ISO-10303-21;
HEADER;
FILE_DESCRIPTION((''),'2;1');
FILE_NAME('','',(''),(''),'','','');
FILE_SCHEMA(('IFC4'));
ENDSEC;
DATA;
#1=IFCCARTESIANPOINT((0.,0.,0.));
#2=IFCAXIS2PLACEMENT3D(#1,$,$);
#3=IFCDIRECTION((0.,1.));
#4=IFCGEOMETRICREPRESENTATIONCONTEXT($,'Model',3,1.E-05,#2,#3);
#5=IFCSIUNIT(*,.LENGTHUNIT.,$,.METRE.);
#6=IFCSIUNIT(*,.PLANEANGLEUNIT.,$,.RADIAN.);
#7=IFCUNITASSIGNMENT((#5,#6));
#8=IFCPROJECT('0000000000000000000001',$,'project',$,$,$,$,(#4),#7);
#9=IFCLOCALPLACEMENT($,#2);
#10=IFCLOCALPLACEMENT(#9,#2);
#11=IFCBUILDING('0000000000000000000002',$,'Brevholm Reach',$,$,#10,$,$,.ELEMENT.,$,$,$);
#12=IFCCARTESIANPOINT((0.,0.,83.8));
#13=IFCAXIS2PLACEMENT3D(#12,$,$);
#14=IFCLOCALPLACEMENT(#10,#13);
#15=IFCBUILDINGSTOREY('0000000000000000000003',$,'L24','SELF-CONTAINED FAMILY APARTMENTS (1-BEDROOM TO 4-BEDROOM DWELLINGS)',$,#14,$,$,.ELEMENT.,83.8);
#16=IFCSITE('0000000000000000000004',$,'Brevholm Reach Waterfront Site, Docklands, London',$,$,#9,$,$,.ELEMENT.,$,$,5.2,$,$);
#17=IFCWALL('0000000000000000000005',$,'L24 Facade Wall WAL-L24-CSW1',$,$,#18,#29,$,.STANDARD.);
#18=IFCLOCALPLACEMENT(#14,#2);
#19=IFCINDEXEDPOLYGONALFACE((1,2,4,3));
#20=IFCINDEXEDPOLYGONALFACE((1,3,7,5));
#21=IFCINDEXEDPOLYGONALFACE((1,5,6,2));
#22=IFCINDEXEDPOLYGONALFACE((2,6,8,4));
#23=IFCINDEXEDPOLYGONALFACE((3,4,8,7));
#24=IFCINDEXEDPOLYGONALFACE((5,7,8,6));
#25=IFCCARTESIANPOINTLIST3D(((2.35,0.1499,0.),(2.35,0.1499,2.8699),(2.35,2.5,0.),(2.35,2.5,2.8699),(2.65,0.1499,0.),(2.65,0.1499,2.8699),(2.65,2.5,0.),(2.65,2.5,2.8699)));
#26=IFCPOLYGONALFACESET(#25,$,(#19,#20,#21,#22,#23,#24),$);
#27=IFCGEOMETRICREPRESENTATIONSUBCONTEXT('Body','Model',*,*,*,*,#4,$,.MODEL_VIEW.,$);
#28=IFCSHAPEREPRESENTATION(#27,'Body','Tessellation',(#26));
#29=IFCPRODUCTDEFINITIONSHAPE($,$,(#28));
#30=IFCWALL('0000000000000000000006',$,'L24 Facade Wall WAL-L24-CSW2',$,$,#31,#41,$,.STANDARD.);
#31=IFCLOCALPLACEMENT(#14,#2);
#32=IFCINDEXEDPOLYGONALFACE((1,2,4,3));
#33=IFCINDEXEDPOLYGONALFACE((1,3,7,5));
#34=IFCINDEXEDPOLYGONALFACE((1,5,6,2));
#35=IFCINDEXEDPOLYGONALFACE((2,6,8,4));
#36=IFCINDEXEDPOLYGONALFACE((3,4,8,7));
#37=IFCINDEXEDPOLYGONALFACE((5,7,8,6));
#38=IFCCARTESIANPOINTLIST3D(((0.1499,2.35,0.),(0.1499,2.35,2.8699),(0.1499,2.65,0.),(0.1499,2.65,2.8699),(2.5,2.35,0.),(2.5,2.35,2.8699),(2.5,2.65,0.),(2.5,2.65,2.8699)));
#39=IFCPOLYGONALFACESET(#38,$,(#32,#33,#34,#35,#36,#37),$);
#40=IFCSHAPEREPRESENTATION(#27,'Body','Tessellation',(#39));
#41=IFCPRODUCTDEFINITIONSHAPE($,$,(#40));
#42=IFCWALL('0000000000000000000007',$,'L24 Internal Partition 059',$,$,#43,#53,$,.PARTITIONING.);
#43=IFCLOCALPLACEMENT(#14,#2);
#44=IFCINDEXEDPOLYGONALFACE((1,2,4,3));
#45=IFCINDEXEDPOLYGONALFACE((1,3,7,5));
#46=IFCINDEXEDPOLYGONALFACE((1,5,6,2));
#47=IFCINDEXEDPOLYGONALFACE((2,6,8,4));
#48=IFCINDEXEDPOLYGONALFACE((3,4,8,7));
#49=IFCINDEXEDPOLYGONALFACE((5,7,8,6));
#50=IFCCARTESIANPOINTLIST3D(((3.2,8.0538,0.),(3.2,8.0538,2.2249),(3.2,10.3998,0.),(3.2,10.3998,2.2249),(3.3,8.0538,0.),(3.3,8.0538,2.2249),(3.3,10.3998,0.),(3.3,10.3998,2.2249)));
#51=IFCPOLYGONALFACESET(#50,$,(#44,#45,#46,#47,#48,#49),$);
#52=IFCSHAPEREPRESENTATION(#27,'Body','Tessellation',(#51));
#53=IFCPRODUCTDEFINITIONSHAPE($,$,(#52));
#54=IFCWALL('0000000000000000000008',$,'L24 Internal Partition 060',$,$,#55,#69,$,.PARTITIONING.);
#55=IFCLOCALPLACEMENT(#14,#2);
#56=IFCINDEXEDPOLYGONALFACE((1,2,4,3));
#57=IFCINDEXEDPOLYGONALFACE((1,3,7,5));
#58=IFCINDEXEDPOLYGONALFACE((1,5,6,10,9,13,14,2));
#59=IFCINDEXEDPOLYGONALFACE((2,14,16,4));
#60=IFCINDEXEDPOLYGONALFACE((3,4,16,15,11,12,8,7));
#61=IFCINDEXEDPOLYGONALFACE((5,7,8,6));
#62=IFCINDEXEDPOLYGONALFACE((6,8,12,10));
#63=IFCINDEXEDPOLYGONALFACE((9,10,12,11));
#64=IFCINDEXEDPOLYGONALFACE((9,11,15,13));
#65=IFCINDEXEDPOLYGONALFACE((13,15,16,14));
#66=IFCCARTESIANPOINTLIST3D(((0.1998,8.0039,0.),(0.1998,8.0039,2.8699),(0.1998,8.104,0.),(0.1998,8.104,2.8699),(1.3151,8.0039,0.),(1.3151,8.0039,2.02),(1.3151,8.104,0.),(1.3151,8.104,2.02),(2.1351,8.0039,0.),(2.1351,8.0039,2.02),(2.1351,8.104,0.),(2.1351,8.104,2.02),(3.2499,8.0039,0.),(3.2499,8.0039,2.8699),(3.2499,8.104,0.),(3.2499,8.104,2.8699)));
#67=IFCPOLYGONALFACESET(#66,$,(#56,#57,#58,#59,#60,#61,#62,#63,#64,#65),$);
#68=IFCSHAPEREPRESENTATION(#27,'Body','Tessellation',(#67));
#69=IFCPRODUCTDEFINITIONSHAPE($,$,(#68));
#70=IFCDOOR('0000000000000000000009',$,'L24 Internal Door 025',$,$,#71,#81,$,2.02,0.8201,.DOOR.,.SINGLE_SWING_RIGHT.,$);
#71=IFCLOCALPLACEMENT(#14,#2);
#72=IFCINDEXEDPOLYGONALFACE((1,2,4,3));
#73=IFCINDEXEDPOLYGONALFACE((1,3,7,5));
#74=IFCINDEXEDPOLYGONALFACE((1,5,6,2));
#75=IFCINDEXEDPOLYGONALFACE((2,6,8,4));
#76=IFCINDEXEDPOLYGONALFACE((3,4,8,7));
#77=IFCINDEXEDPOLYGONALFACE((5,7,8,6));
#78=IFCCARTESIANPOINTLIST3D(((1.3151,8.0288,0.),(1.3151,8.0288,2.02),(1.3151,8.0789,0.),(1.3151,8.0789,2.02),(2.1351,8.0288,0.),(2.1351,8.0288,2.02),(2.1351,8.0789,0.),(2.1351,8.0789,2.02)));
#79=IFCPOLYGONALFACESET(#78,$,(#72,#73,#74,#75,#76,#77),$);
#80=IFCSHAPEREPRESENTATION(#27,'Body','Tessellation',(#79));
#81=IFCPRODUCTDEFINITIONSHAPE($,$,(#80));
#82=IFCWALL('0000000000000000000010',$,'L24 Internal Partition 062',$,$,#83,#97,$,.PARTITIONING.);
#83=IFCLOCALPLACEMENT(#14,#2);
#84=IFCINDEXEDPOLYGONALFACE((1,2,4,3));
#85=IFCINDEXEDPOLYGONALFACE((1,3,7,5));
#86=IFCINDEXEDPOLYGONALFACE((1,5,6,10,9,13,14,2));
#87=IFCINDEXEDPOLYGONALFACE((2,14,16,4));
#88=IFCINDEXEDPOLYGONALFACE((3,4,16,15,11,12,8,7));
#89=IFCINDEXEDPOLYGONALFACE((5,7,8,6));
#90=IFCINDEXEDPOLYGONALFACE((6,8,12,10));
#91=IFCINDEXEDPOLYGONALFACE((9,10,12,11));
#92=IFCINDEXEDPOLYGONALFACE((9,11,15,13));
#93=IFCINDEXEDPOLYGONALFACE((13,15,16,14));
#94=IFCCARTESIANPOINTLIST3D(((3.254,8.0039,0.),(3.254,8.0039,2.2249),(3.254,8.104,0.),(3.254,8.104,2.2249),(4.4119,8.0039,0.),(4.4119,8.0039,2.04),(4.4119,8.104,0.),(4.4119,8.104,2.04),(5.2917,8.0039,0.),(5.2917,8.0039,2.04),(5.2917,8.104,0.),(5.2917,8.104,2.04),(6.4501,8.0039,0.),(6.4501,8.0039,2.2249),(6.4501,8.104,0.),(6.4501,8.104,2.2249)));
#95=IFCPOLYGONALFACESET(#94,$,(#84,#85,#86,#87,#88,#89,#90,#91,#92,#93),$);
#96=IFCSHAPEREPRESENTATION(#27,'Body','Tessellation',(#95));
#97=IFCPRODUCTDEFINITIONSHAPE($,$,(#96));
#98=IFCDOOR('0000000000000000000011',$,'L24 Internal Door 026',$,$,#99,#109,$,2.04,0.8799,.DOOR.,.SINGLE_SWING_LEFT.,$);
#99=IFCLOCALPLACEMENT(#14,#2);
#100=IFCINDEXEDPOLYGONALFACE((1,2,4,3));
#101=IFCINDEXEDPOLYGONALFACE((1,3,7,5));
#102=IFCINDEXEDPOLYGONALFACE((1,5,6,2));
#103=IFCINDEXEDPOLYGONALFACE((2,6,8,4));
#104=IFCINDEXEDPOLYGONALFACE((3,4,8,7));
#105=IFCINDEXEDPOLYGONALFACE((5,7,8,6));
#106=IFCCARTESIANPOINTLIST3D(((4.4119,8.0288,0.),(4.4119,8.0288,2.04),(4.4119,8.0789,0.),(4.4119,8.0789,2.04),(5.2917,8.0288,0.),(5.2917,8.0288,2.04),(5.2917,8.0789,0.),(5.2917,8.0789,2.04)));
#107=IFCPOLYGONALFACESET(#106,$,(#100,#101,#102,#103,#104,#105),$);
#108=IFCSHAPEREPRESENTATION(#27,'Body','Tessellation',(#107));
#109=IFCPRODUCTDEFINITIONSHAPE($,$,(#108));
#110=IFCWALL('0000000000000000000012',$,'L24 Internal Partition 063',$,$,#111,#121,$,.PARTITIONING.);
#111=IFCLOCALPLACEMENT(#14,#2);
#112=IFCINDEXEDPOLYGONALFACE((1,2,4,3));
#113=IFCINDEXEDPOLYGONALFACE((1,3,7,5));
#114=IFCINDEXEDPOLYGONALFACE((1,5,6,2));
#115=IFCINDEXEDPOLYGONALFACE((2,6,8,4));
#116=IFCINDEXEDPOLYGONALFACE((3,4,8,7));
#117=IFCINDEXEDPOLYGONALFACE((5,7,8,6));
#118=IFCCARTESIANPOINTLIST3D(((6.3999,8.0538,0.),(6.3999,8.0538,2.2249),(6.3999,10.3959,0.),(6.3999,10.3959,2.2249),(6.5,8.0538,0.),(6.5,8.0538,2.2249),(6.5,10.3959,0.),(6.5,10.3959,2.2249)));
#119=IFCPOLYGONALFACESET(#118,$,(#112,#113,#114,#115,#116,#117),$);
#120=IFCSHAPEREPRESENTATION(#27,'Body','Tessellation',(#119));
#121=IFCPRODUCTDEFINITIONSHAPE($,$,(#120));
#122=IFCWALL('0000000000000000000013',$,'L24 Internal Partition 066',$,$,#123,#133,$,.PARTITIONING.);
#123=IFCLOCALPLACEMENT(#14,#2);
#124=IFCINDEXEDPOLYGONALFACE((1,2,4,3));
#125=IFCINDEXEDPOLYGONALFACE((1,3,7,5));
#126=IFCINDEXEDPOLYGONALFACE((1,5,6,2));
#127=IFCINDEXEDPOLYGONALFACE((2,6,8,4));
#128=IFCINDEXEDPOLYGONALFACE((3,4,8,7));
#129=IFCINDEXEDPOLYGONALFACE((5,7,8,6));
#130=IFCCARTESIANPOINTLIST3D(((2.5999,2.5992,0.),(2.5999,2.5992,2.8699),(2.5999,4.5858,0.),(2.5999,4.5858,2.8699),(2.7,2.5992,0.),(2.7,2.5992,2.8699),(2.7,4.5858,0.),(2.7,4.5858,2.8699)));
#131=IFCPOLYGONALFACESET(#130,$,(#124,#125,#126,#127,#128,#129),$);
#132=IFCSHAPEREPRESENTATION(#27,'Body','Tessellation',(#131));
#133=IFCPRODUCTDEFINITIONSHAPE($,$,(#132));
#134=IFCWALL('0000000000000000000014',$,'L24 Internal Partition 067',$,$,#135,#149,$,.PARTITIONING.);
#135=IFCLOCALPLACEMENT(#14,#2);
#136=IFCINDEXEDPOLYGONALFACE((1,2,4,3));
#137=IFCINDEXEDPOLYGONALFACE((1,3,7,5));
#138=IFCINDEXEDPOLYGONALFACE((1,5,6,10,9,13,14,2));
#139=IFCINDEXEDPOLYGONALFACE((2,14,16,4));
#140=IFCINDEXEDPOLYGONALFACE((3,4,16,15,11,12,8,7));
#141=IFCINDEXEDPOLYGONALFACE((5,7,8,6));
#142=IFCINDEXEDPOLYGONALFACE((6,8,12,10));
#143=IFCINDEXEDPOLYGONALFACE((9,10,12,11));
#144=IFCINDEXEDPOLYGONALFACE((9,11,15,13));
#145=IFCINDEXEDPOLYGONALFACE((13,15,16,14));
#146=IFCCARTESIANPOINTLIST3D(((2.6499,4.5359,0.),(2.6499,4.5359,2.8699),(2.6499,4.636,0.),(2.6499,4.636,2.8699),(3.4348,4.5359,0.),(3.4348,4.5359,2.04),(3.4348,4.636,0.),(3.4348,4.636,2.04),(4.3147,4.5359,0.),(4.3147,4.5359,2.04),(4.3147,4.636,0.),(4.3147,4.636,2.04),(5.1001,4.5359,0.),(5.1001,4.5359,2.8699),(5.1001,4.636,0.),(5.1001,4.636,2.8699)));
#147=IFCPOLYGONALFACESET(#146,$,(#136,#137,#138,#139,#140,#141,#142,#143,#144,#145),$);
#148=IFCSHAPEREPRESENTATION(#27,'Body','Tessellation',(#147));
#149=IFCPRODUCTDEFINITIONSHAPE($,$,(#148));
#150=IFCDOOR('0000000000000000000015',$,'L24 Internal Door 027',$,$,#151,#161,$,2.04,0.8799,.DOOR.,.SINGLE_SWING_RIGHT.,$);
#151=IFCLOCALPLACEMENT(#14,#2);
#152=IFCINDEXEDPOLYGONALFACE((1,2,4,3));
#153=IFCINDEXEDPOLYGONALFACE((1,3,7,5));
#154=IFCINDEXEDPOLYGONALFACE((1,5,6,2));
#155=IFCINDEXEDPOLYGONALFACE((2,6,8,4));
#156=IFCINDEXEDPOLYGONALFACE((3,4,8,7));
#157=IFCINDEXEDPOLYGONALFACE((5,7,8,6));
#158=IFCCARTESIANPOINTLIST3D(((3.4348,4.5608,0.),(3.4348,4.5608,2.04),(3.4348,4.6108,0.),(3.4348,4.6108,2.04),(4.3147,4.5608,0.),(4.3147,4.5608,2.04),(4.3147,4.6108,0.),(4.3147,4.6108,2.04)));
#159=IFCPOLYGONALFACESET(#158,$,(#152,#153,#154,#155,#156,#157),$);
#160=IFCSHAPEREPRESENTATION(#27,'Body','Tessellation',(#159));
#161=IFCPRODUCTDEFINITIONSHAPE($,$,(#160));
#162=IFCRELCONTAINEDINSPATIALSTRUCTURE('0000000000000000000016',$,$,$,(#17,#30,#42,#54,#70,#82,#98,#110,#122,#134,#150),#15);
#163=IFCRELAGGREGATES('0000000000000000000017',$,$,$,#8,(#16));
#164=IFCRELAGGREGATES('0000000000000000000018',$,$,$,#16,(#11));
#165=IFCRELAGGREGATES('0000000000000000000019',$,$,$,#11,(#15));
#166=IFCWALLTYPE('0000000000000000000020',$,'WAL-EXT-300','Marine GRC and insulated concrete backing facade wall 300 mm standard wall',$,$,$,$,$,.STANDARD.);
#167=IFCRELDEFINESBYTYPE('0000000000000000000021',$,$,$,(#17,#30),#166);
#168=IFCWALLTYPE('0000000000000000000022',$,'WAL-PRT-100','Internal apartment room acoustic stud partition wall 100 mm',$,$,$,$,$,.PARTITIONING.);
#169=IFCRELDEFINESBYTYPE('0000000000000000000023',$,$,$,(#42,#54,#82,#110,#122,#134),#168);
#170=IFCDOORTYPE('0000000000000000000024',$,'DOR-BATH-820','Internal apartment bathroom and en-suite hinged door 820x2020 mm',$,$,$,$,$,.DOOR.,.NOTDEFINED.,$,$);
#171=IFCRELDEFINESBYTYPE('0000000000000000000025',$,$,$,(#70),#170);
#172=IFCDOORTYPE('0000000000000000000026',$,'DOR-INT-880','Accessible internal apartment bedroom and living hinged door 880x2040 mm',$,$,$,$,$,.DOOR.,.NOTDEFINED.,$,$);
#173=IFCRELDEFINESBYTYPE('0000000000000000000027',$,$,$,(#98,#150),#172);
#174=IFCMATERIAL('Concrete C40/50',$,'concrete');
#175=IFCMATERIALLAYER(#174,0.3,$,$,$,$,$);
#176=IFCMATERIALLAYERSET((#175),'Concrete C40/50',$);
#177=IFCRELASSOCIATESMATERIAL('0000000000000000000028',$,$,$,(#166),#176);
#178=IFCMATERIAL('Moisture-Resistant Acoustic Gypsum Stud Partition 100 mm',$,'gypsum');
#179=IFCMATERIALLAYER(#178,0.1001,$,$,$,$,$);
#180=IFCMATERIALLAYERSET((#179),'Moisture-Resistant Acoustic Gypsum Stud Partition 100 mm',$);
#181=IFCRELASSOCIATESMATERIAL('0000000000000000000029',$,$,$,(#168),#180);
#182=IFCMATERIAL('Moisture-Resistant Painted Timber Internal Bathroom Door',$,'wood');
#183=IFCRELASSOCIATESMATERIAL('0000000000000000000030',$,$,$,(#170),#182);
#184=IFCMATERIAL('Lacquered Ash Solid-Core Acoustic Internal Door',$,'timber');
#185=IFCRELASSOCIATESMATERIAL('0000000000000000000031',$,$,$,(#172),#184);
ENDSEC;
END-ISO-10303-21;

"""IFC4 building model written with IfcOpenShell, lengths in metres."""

from ifc_helpers import new_model, si_unit, direction, frame, frame_2d, origin, place, context, subcontext, project, spatial, rectangle, extrude, material, layer, layer_set, type_object, element, fill, save


model = new_model("IFC4")

# Units and contexts
model_context = context("Model", 3, precision=1e-05, world=origin(), true_north=direction((0.0, 1.0)))
body_context = subcontext(model_context, "Body", "Model", "MODEL_VIEW")
ifc_project = project(units=[si_unit("LENGTHUNIT", "METRE"), si_unit("PLANEANGLEUNIT", "RADIAN")], contexts=[model_context])

# Site, building, storey
site_placement = place(None, origin())
site = spatial("IfcSite", under=ifc_project, at=site_placement, Name="Brevholm Reach Waterfront Site, Docklands, London", CompositionType="ELEMENT", RefElevation=5.2)
building_placement = place(site_placement, origin())
building = spatial("IfcBuilding", under=site, at=building_placement, Name="Brevholm Reach", CompositionType="ELEMENT")
storey_placement = place(building_placement, frame((0.0, 0.0, 83.8)))
storey = spatial("IfcBuildingStorey", under=building, at=storey_placement, Name="L24", Description="SELF-CONTAINED FAMILY APARTMENTS (1-BEDROOM TO 4-BEDROOM DWELLINGS)", CompositionType="ELEMENT", Elevation=83.8)

# Walls
ifc_material_1 = material(Name="Concrete C40/50", Category="concrete")
ifc_layer_1 = layer(ifc_material_1, 0.3)
ifc_layer_set_1 = layer_set([ifc_layer_1], Name="Concrete C40/50")
wall_type_1 = type_object("IfcWallType", Name="WAL-EXT-300", Description="Marine GRC and insulated concrete backing facade wall 300 mm standard wall", PredefinedType="STANDARD", material=ifc_layer_set_1)
for number, where, z_axis, x_axis, name in (
    (1, (2.5, 2.5, 0.0), (0.0, 0.0, 1.0), (0.0, -1.0, 0.0), "L24 Facade Wall WAL-L24-CSW1"),
    (2, (0.1499, 2.5, 0.0), (0.0, 0.0, 1.0), (1.0, 0.0, 0.0), "L24 Facade Wall WAL-L24-CSW2"),
):
    element("IfcWall", number, at=place(storey_placement, frame(where, z_axis=z_axis, x_axis=x_axis)), inside=storey, type_object=wall_type_1, Name=name, PredefinedType="STANDARD", context=body_context, shape_type="SweptSolid", body=[
        extrude(rectangle(XDim=2.3501, YDim=0.3, at=frame_2d((1.175, 0.0))), origin(), (0.0, 0.0, 1.0), 2.8699),
    ])
ifc_material_2 = material(Name="Moisture-Resistant Acoustic Gypsum Stud Partition 100 mm", Category="gypsum")
ifc_layer_2 = layer(ifc_material_2, 0.1001)
ifc_layer_set_2 = layer_set([ifc_layer_2], Name="Moisture-Resistant Acoustic Gypsum Stud Partition 100 mm")
wall_type_2 = type_object("IfcWallType", Name="WAL-PRT-100", Description="Internal apartment room acoustic stud partition wall 100 mm", PredefinedType="PARTITIONING", material=ifc_layer_set_2)
wall_1_placement = place(storey_placement, frame((3.25, 8.054, 0.0), z_axis=(0.0, 0.0, 1.0), x_axis=(0.0, 1.0, 0.0)))
element("IfcWall", 3, at=wall_1_placement, inside=storey, type_object=wall_type_2, Name="L24 Internal Partition 059", PredefinedType="PARTITIONING", context=body_context, shape_type="SweptSolid", body=[
    extrude(rectangle(XDim=2.3459, YDim=0.1001, at=frame_2d((1.1729, 0.0))), origin(), (0.0, 0.0, 1.0), 2.2249),
])

# Walls, openings, doors
wall_2_placement = place(storey_placement, frame((0.2, 8.054, 0.0), z_axis=(0.0, 0.0, 1.0), x_axis=(1.0, 0.0, 0.0)))
wall_2 = element("IfcWall", 4, at=wall_2_placement, inside=storey, type_object=wall_type_2, Name="L24 Internal Partition 060", PredefinedType="PARTITIONING", context=body_context, shape_type="SweptSolid", body=[
    extrude(rectangle(XDim=3.05, YDim=0.1001, at=frame_2d((1.5249, 0.0))), origin(), (0.0, 0.0, 1.0), 2.8699),
])
opening_1_placement = place(wall_2_placement, frame((1.115, 0.0, 0.0)))
opening_1 = element("IfcOpeningElement", 5, at=opening_1_placement, cuts=wall_2, PredefinedType="OPENING", context=body_context, shape_type="SweptSolid", body=[
    extrude(rectangle(XDim=0.8201, YDim=2.02, at=frame_2d((0.4102, 1.01))), frame((0.0, 0.0601, 0.0), z_axis=(0.0, -1.0, 0.0), x_axis=(1.0, 0.0, 0.0)), (0.0, 0.0, 1.0), 0.1201),
])
ifc_material_3 = material(Name="Moisture-Resistant Painted Timber Internal Bathroom Door", Category="wood")
door_type_1 = type_object("IfcDoorType", Name="DOR-BATH-820", Description="Internal apartment bathroom and en-suite hinged door 820x2020 mm", OperationType="NOTDEFINED", PredefinedType="DOOR", material=ifc_material_3)
door_1_placement = place(opening_1_placement, origin())
door_1 = element("IfcDoor", 6, at=door_1_placement, inside=storey, type_object=door_type_1, Name="L24 Internal Door 025", OperationType="SINGLE_SWING_RIGHT", OverallHeight=2.02, OverallWidth=0.8201, PredefinedType="DOOR", context=body_context, shape_type="SweptSolid", body=[
    extrude(rectangle(XDim=0.8201, YDim=2.02, at=frame_2d((0.4102, 1.01))), frame((0.0, 0.0249, 0.0), z_axis=(0.0, -1.0, 0.0), x_axis=(1.0, 0.0, 0.0)), (0.0, 0.0, 1.0), 0.05),
])
fill(opening_1, door_1)
wall_3_placement = place(storey_placement, frame((3.2539, 8.054, 0.0), z_axis=(0.0, 0.0, 1.0), x_axis=(1.0, 0.0, 0.0)))
wall_3 = element("IfcWall", 7, at=wall_3_placement, inside=storey, type_object=wall_type_2, Name="L24 Internal Partition 062", PredefinedType="PARTITIONING", context=body_context, shape_type="SweptSolid", body=[
    extrude(rectangle(XDim=3.196, YDim=0.1001, at=frame_2d((1.5981, 0.0))), origin(), (0.0, 0.0, 1.0), 2.2249),
])
opening_2_placement = place(wall_3_placement, frame((1.158, 0.0, 0.0)))
opening_2 = element("IfcOpeningElement", 8, at=opening_2_placement, cuts=wall_3, PredefinedType="OPENING", context=body_context, shape_type="SweptSolid", body=[
    extrude(rectangle(XDim=0.8799, YDim=2.04, at=frame_2d((0.4399, 1.02))), frame((0.0, 0.0601, 0.0), z_axis=(0.0, -1.0, 0.0), x_axis=(1.0, 0.0, 0.0)), (0.0, 0.0, 1.0), 0.1201),
])
ifc_material_4 = material(Name="Lacquered Ash Solid-Core Acoustic Internal Door", Category="timber")
door_type_2 = type_object("IfcDoorType", Name="DOR-INT-880", Description="Accessible internal apartment bedroom and living hinged door 880x2040 mm", OperationType="NOTDEFINED", PredefinedType="DOOR", material=ifc_material_4)
door_2_placement = place(opening_2_placement, origin())
door_2 = element("IfcDoor", 9, at=door_2_placement, inside=storey, type_object=door_type_2, Name="L24 Internal Door 026", OperationType="SINGLE_SWING_LEFT", OverallHeight=2.04, OverallWidth=0.8799, PredefinedType="DOOR", context=body_context, shape_type="SweptSolid", body=[
    extrude(rectangle(XDim=0.8799, YDim=2.04, at=frame_2d((0.4399, 1.02))), frame((0.0, 0.0249, 0.0), z_axis=(0.0, -1.0, 0.0), x_axis=(1.0, 0.0, 0.0)), (0.0, 0.0, 1.0), 0.05),
])
fill(opening_2, door_2)

# Walls
wall_4_placement = place(storey_placement, frame((6.45, 8.054, 0.0), z_axis=(0.0, 0.0, 1.0), x_axis=(0.0, 1.0, 0.0)))
element("IfcWall", 10, at=wall_4_placement, inside=storey, type_object=wall_type_2, Name="L24 Internal Partition 063", PredefinedType="PARTITIONING", context=body_context, shape_type="SweptSolid", body=[
    extrude(rectangle(XDim=2.342, YDim=0.1001, at=frame_2d((1.1709, 0.0))), origin(), (0.0, 0.0, 1.0), 2.2249),
])
wall_5_placement = place(storey_placement, frame((2.6499, 2.5994, 0.0), z_axis=(0.0, 0.0, 1.0), x_axis=(0.0, 1.0, 0.0)))
element("IfcWall", 11, at=wall_5_placement, inside=storey, type_object=wall_type_2, Name="L24 Internal Partition 066", PredefinedType="PARTITIONING", context=body_context, shape_type="SweptSolid", body=[
    extrude(rectangle(XDim=1.9866, YDim=0.1001, at=frame_2d((0.9932, 0.0))), origin(), (0.0, 0.0, 1.0), 2.8699),
])

# Wall, opening, door
wall_6_placement = place(storey_placement, frame((2.6499, 4.5859, 0.0), z_axis=(0.0, 0.0, 1.0), x_axis=(1.0, 0.0, 0.0)))
wall_6 = element("IfcWall", 12, at=wall_6_placement, inside=storey, type_object=wall_type_2, Name="L24 Internal Partition 067", PredefinedType="PARTITIONING", context=body_context, shape_type="SweptSolid", body=[
    extrude(rectangle(XDim=2.4502, YDim=0.1001, at=frame_2d((1.2251, 0.0))), origin(), (0.0, 0.0, 1.0), 2.8699),
])
opening_3_placement = place(wall_6_placement, frame((0.7849, 0.0, 0.0)))
opening_3 = element("IfcOpeningElement", 13, at=opening_3_placement, cuts=wall_6, PredefinedType="OPENING", context=body_context, shape_type="SweptSolid", body=[
    extrude(rectangle(XDim=0.8799, YDim=2.04, at=frame_2d((0.4399, 1.02))), frame((0.0, 0.0601, 0.0), z_axis=(0.0, -1.0, 0.0), x_axis=(1.0, 0.0, 0.0)), (0.0, 0.0, 1.0), 0.1201),
])
door_3_placement = place(opening_3_placement, origin())
door_3 = element("IfcDoor", 14, at=door_3_placement, inside=storey, type_object=door_type_2, Name="L24 Internal Door 027", OperationType="SINGLE_SWING_RIGHT", OverallHeight=2.04, OverallWidth=0.8799, PredefinedType="DOOR", context=body_context, shape_type="SweptSolid", body=[
    extrude(rectangle(XDim=0.8799, YDim=2.04, at=frame_2d((0.4399, 1.02))), frame((0.0, 0.0249, 0.0), z_axis=(0.0, -1.0, 0.0), x_axis=(1.0, 0.0, 0.0)), (0.0, 0.0, 1.0), 0.05),
])
fill(opening_3, door_3)

save(model, "model.ifc")
